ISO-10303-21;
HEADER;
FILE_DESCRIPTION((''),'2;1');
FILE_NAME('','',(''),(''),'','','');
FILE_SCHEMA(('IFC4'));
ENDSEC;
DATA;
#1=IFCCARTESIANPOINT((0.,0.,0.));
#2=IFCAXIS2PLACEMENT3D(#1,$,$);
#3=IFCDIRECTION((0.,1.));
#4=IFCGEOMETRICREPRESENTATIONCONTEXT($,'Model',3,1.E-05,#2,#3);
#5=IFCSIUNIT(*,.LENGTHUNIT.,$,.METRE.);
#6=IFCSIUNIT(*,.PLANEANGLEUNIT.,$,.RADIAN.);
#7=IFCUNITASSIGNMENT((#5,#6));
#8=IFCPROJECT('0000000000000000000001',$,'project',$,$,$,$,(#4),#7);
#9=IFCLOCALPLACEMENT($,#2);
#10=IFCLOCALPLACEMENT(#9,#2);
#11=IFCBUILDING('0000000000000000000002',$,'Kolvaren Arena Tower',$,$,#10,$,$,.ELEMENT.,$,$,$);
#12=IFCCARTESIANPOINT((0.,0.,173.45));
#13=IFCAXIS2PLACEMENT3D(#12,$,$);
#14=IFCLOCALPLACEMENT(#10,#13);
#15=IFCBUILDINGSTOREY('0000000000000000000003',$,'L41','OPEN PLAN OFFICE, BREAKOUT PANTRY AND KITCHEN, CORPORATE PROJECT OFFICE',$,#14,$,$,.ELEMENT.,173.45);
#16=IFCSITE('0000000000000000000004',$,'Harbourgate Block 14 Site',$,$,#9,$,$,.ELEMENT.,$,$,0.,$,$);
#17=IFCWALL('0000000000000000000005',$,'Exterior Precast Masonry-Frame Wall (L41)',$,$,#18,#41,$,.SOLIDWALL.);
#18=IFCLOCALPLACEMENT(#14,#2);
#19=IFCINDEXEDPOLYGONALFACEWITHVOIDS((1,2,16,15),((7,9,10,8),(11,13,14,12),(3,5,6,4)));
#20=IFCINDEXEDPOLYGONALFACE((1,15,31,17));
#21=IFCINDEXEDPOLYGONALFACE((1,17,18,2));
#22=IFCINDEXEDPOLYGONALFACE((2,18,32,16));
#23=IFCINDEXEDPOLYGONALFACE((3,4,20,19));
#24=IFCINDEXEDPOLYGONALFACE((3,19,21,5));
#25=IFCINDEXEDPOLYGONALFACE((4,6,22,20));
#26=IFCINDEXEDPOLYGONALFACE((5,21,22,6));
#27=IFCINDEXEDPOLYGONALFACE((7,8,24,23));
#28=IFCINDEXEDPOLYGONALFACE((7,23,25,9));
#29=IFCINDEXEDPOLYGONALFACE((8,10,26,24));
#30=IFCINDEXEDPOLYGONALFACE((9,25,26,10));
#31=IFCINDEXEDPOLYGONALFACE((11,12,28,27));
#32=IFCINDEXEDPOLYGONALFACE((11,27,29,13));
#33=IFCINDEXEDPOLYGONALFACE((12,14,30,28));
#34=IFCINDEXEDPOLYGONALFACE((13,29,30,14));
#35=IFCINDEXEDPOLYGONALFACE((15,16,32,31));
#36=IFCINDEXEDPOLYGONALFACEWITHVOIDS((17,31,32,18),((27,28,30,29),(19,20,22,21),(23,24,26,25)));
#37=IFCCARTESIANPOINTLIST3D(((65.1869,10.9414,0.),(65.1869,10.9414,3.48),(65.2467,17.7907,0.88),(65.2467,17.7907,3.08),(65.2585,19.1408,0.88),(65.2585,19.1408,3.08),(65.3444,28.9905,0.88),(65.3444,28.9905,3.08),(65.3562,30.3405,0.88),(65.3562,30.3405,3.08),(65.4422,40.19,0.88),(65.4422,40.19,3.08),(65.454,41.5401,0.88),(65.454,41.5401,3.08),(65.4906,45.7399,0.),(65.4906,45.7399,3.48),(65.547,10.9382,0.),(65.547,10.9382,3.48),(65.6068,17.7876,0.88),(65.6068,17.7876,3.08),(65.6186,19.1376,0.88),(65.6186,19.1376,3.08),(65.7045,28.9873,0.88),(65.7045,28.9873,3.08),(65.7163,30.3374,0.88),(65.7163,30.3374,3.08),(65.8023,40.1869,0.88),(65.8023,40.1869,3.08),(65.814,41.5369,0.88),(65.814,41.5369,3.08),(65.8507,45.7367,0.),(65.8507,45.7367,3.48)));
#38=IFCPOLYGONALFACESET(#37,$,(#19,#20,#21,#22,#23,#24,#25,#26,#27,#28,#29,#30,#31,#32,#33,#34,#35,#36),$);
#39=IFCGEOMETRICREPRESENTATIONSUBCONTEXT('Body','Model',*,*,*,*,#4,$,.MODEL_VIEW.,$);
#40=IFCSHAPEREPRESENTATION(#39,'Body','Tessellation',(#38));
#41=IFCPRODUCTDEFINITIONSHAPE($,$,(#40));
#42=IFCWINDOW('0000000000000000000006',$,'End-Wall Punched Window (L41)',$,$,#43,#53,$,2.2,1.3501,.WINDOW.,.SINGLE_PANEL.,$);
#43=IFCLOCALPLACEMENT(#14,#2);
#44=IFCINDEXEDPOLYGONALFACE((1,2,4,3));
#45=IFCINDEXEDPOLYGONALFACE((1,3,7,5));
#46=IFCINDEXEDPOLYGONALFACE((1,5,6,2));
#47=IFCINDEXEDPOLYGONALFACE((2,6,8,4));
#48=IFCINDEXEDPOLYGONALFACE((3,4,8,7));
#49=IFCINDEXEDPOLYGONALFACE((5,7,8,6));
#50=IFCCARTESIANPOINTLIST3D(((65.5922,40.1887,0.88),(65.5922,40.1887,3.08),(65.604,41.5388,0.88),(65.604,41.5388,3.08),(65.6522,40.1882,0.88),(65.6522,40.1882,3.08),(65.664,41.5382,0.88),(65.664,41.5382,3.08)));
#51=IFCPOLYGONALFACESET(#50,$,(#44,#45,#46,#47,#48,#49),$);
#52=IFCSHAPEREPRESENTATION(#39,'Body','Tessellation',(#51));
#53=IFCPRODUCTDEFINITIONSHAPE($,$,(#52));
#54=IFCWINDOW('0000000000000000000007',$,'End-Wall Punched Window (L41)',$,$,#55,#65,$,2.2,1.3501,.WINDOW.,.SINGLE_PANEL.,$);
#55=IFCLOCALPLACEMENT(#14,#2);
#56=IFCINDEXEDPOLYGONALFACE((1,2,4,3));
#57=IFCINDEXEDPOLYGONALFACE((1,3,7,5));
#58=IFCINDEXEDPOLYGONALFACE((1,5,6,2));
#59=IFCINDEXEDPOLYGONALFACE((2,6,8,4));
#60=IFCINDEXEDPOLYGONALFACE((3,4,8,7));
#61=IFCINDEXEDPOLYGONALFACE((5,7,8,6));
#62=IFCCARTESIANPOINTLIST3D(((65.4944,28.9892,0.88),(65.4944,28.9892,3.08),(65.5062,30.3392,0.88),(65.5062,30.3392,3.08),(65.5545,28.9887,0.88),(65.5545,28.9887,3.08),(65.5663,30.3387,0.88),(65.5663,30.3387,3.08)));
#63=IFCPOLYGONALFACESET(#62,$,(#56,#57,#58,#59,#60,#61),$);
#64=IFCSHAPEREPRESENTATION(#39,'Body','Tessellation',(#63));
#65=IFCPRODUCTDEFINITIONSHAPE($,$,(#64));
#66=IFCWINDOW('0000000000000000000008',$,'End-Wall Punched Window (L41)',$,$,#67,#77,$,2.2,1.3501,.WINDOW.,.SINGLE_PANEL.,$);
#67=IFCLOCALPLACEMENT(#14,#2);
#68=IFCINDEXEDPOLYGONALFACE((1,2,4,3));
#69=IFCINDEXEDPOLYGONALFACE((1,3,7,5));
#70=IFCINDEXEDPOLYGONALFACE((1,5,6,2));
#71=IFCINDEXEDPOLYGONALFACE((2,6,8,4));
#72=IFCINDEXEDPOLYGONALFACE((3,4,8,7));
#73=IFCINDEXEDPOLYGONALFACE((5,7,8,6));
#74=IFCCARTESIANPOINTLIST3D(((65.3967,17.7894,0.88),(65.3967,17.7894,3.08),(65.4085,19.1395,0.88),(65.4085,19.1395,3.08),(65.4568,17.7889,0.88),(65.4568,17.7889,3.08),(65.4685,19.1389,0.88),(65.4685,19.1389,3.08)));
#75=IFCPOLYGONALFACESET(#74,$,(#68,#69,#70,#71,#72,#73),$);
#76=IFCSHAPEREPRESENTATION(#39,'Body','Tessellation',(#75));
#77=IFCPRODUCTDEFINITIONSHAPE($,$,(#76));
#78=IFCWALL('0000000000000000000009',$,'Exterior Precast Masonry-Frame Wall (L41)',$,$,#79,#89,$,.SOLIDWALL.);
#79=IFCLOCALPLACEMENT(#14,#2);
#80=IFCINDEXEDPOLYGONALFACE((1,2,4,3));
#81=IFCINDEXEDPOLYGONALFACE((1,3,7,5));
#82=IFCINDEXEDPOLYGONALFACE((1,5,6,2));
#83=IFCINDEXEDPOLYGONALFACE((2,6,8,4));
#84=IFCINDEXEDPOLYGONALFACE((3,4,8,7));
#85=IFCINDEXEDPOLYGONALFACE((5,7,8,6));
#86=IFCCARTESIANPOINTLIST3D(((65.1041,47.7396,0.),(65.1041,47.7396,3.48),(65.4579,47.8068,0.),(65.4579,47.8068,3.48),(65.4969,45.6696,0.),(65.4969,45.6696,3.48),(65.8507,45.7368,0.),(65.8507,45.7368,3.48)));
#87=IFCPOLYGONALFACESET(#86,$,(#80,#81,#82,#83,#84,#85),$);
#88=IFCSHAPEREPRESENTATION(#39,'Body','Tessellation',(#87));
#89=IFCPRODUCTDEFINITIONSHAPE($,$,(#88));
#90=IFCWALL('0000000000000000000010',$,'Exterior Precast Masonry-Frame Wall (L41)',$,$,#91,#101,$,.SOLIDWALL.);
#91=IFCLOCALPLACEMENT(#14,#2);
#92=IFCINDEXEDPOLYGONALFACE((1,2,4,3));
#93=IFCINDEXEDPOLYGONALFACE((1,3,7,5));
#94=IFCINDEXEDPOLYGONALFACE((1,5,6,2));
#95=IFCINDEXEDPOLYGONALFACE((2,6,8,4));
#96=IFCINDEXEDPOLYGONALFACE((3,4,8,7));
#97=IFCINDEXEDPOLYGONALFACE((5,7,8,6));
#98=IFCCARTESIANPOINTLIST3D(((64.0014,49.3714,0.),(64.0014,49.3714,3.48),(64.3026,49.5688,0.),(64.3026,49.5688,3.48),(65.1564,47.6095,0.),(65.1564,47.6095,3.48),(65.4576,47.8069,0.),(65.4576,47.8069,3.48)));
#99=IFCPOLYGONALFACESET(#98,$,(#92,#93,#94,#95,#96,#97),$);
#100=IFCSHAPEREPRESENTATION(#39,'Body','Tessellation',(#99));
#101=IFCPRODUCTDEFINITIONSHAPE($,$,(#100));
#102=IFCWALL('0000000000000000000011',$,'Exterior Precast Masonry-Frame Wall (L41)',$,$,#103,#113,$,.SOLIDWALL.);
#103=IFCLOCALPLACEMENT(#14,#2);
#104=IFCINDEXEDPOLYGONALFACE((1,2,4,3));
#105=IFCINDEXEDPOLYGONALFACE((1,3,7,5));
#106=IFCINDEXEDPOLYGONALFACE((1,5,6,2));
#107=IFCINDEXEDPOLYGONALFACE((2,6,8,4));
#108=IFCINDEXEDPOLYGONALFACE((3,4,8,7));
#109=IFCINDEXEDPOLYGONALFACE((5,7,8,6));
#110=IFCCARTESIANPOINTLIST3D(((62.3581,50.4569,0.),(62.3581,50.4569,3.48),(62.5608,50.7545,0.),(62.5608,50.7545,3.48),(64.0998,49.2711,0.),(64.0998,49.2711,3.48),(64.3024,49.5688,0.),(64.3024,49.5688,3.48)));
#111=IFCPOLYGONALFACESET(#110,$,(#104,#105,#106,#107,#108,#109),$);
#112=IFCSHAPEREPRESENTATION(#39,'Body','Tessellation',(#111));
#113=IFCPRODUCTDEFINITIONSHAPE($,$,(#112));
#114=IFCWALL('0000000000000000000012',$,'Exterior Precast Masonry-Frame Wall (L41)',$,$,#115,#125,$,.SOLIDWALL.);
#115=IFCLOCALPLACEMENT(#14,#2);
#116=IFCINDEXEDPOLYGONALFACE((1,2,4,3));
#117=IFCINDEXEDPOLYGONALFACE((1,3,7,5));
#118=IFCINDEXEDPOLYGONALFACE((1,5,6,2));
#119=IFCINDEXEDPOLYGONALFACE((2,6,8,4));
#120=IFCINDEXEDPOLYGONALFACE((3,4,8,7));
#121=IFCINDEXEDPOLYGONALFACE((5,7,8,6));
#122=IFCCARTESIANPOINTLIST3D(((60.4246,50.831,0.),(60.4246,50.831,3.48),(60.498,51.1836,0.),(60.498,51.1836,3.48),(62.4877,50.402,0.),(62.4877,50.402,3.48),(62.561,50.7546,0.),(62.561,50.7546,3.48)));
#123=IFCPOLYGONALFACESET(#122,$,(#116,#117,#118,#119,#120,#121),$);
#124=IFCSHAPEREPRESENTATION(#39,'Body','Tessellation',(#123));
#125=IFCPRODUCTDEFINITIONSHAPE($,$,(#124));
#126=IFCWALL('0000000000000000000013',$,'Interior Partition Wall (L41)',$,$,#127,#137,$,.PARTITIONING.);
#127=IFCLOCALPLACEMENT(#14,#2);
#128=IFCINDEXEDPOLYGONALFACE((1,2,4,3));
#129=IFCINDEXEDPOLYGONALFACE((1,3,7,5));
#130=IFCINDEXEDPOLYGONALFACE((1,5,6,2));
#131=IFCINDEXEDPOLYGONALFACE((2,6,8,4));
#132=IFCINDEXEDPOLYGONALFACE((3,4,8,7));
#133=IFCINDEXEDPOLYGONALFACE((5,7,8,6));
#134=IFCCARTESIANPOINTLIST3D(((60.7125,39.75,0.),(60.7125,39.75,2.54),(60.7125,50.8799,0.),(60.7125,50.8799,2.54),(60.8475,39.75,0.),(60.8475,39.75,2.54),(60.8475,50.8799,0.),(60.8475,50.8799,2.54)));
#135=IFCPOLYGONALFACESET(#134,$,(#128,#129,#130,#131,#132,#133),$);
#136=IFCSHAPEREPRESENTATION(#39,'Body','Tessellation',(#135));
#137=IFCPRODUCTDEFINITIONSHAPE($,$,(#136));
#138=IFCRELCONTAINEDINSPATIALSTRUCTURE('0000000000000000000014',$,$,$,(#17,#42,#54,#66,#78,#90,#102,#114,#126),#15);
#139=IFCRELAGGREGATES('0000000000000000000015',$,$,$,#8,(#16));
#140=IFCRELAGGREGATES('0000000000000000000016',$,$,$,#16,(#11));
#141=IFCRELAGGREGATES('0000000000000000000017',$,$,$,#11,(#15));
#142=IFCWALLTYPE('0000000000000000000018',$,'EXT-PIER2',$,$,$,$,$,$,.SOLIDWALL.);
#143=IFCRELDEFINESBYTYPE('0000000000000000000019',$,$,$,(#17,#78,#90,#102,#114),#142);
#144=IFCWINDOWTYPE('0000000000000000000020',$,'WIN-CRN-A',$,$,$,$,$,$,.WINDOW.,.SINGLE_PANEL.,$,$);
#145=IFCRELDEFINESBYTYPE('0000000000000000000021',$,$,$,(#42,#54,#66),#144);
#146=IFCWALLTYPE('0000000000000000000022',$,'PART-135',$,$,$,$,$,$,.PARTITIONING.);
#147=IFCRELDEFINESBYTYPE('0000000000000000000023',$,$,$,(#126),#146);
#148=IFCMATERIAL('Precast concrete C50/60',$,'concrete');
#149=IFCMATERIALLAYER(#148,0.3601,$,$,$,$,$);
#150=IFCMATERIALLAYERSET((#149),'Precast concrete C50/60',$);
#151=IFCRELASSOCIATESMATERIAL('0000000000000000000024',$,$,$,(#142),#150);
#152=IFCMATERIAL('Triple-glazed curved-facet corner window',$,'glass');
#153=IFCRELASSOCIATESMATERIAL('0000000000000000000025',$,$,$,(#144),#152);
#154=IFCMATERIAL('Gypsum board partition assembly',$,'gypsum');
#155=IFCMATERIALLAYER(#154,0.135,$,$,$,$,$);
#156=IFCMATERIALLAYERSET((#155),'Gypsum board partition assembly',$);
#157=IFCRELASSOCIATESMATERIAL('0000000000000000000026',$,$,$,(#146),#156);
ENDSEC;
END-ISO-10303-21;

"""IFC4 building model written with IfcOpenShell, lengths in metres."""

from ifc_helpers import new_model, si_unit, direction, frame, frame_2d, origin, place, context, subcontext, project, spatial, rectangle, extrude, material, layer, layer_set, type_object, element, fill, save


model = new_model("IFC4")

# Units and contexts
model_context = context("Model", 3, precision=1e-05, world=origin(), true_north=direction((0.0, 1.0)))
body_context = subcontext(model_context, "Body", "Model", "MODEL_VIEW")
ifc_project = project(units=[si_unit("LENGTHUNIT", "METRE"), si_unit("PLANEANGLEUNIT", "RADIAN")], contexts=[model_context])

# Site, building, storey
site_placement = place(None, origin())
site = spatial("IfcSite", under=ifc_project, at=site_placement, Name="Harbourgate Block 14 Site", CompositionType="ELEMENT", RefElevation=0.0)
building_placement = place(site_placement, origin())
building = spatial("IfcBuilding", under=site, at=building_placement, Name="Kolvaren Arena Tower", CompositionType="ELEMENT")
storey_placement = place(building_placement, frame((0.0, 0.0, 173.45)))
storey = spatial("IfcBuildingStorey", under=building, at=storey_placement, Name="L41", Description="OPEN PLAN OFFICE, BREAKOUT PANTRY AND KITCHEN, CORPORATE PROJECT OFFICE", CompositionType="ELEMENT", Elevation=173.45)

# Wall, openings, windows
ifc_material_1 = material(Name="Precast concrete C50/60", Category="concrete")
ifc_layer_1 = layer(ifc_material_1, 0.3601)
ifc_layer_set_1 = layer_set([ifc_layer_1], Name="Precast concrete C50/60")
wall_type_1 = type_object("IfcWallType", Name="EXT-PIER2", PredefinedType="SOLIDWALL", material=ifc_layer_set_1)
wall_1_placement = place(storey_placement, frame((65.6707, 45.7383, 0.0), z_axis=(0.0, 0.0, 1.0), x_axis=(-0.008727, -0.999962, 0.0)))
wall_1 = element("IfcWall", 1, at=wall_1_placement, inside=storey, type_object=wall_type_1, Name="Exterior Precast Masonry-Frame Wall (L41)", PredefinedType="SOLIDWALL", context=body_context, shape_type="SweptSolid", body=[
    extrude(rectangle(XDim=34.7998, YDim=0.3601, at=frame_2d((17.3999, 0.0))), origin(), (0.0, 0.0, 1.0), 3.48),
])
opening_1_placement = place(wall_1_placement, frame((4.2, 0.0, 0.8799)))
opening_1 = element("IfcOpeningElement", 2, at=opening_1_placement, cuts=wall_1, PredefinedType="OPENING", context=body_context, shape_type="SweptSolid", body=[
    extrude(rectangle(XDim=1.3501, YDim=2.2, at=frame_2d((0.675, 1.1001))), frame((0.0, 0.1899, 0.0), z_axis=(0.0, -1.0, 0.0), x_axis=(1.0, 0.0, 0.0)), (0.0, 0.0, 1.0), 0.3801),
])
opening_2_placement = place(wall_1_placement, frame((15.3999, 0.0, 0.8799)))
opening_2 = element("IfcOpeningElement", 3, at=opening_2_placement, cuts=wall_1, PredefinedType="OPENING", context=body_context, shape_type="SweptSolid", body=[
    extrude(rectangle(XDim=1.3501, YDim=2.2, at=frame_2d((0.675, 1.1001))), frame((0.0, 0.1899, 0.0), z_axis=(0.0, -1.0, 0.0), x_axis=(1.0, 0.0, 0.0)), (0.0, 0.0, 1.0), 0.3801),
])
opening_3_placement = place(wall_1_placement, frame((26.6001, 0.0, 0.8799)))
opening_3 = element("IfcOpeningElement", 4, at=opening_3_placement, cuts=wall_1, PredefinedType="OPENING", context=body_context, shape_type="SweptSolid", body=[
    extrude(rectangle(XDim=1.3501, YDim=2.2, at=frame_2d((0.675, 1.1001))), frame((0.0, 0.1899, 0.0), z_axis=(0.0, -1.0, 0.0), x_axis=(1.0, 0.0, 0.0)), (0.0, 0.0, 1.0), 0.3801),
])
ifc_material_2 = material(Name="Triple-glazed curved-facet corner window", Category="glass")
window_type = type_object("IfcWindowType", Name="WIN-CRN-A", PartitioningType="SINGLE_PANEL", PredefinedType="WINDOW", material=ifc_material_2)
window_1_placement = place(opening_1_placement, origin())
window_1 = element("IfcWindow", 5, at=window_1_placement, inside=storey, type_object=window_type, Name="End-Wall Punched Window (L41)", OverallHeight=2.2, OverallWidth=1.3501, PartitioningType="SINGLE_PANEL", PredefinedType="WINDOW", context=body_context, shape_type="SweptSolid", body=[
    extrude(rectangle(XDim=1.3501, YDim=2.2, at=frame_2d((0.675, 1.1001))), frame((0.0, 0.03, 0.0), z_axis=(0.0, -1.0, 0.0), x_axis=(1.0, 0.0, 0.0)), (0.0, 0.0, 1.0), 0.0601),
])
fill(opening_1, window_1)
window_2_placement = place(opening_2_placement, origin())
window_2 = element("IfcWindow", 6, at=window_2_placement, inside=storey, type_object=window_type, Name="End-Wall Punched Window (L41)", OverallHeight=2.2, OverallWidth=1.3501, PartitioningType="SINGLE_PANEL", PredefinedType="WINDOW", context=body_context, shape_type="SweptSolid", body=[
    extrude(rectangle(XDim=1.3501, YDim=2.2, at=frame_2d((0.675, 1.1001))), frame((0.0, 0.03, 0.0), z_axis=(0.0, -1.0, 0.0), x_axis=(1.0, 0.0, 0.0)), (0.0, 0.0, 1.0), 0.0601),
])
fill(opening_2, window_2)
window_3_placement = place(opening_3_placement, origin())
window_3 = element("IfcWindow", 7, at=window_3_placement, inside=storey, type_object=window_type, Name="End-Wall Punched Window (L41)", OverallHeight=2.2, OverallWidth=1.3501, PartitioningType="SINGLE_PANEL", PredefinedType="WINDOW", context=body_context, shape_type="SweptSolid", body=[
    extrude(rectangle(XDim=1.3501, YDim=2.2, at=frame_2d((0.675, 1.1001))), frame((0.0, 0.03, 0.0), z_axis=(0.0, -1.0, 0.0), x_axis=(1.0, 0.0, 0.0)), (0.0, 0.0, 1.0), 0.0601),
])
fill(opening_3, window_3)

# Walls
wall_2_placement = place(storey_placement, frame((65.281, 47.7732, 0.0), z_axis=(0.0, 0.0, 1.0), x_axis=(0.186436, -0.982467, 0.0)))
element("IfcWall", 8, at=wall_2_placement, inside=storey, type_object=wall_type_1, Name="Exterior Precast Masonry-Frame Wall (L41)", PredefinedType="SOLIDWALL", context=body_context, shape_type="SweptSolid", body=[
    extrude(rectangle(XDim=2.1069, YDim=0.3601, at=frame_2d((1.0535, 0.0))), origin(), (0.0, 0.0, 1.0), 3.48),
])
wall_3_placement = place(storey_placement, frame((64.1521, 49.47, 0.0), z_axis=(0.0, 0.0, 1.0), x_axis=(0.548239, -0.836322, 0.0)))
element("IfcWall", 9, at=wall_3_placement, inside=storey, type_object=wall_type_1, Name="Exterior Precast Masonry-Frame Wall (L41)", PredefinedType="SOLIDWALL", context=body_context, shape_type="SweptSolid", body=[
    extrude(rectangle(XDim=2.1067, YDim=0.3601, at=frame_2d((1.0532, 0.0))), origin(), (0.0, 0.0, 1.0), 3.48),
])
wall_4_placement = place(storey_placement, frame((62.4595, 50.6057, 0.0), z_axis=(0.0, 0.0, 1.0), x_axis=(0.82661, -0.562776, 0.0)))
element("IfcWall", 10, at=wall_4_placement, inside=storey, type_object=wall_type_1, Name="Exterior Precast Masonry-Frame Wall (L41)", PredefinedType="SOLIDWALL", context=body_context, shape_type="SweptSolid", body=[
    extrude(rectangle(XDim=2.1069, YDim=0.3601, at=frame_2d((1.0535, 0.0))), origin(), (0.0, 0.0, 1.0), 3.48),
])
wall_5_placement = place(storey_placement, frame((60.4612, 51.0073, 0.0), z_axis=(0.0, 0.0, 1.0), x_axis=(0.979059, -0.203575, 0.0)))
element("IfcWall", 11, at=wall_5_placement, inside=storey, type_object=wall_type_1, Name="Exterior Precast Masonry-Frame Wall (L41)", PredefinedType="SOLIDWALL", context=body_context, shape_type="SweptSolid", body=[
    extrude(rectangle(XDim=2.1072, YDim=0.3601, at=frame_2d((1.0537, 0.0))), origin(), (0.0, 0.0, 1.0), 3.48),
])
ifc_material_3 = material(Name="Gypsum board partition assembly", Category="gypsum")
ifc_layer_2 = layer(ifc_material_3, 0.135)
ifc_layer_set_2 = layer_set([ifc_layer_2], Name="Gypsum board partition assembly")
wall_type_2 = type_object("IfcWallType", Name="PART-135", PredefinedType="PARTITIONING", material=ifc_layer_set_2)
wall_6_placement = place(storey_placement, frame((60.78, 39.75, 0.0), z_axis=(0.0, 0.0, 1.0), x_axis=(0.0, 1.0, 0.0)))
element("IfcWall", 12, at=wall_6_placement, inside=storey, type_object=wall_type_2, Name="Interior Partition Wall (L41)", PredefinedType="PARTITIONING", context=body_context, shape_type="SweptSolid", body=[
    extrude(rectangle(XDim=11.1299, YDim=0.135, at=frame_2d((5.5649, 0.0))), origin(), (0.0, 0.0, 1.0), 2.54),
])

save(model, "model.ifc")
